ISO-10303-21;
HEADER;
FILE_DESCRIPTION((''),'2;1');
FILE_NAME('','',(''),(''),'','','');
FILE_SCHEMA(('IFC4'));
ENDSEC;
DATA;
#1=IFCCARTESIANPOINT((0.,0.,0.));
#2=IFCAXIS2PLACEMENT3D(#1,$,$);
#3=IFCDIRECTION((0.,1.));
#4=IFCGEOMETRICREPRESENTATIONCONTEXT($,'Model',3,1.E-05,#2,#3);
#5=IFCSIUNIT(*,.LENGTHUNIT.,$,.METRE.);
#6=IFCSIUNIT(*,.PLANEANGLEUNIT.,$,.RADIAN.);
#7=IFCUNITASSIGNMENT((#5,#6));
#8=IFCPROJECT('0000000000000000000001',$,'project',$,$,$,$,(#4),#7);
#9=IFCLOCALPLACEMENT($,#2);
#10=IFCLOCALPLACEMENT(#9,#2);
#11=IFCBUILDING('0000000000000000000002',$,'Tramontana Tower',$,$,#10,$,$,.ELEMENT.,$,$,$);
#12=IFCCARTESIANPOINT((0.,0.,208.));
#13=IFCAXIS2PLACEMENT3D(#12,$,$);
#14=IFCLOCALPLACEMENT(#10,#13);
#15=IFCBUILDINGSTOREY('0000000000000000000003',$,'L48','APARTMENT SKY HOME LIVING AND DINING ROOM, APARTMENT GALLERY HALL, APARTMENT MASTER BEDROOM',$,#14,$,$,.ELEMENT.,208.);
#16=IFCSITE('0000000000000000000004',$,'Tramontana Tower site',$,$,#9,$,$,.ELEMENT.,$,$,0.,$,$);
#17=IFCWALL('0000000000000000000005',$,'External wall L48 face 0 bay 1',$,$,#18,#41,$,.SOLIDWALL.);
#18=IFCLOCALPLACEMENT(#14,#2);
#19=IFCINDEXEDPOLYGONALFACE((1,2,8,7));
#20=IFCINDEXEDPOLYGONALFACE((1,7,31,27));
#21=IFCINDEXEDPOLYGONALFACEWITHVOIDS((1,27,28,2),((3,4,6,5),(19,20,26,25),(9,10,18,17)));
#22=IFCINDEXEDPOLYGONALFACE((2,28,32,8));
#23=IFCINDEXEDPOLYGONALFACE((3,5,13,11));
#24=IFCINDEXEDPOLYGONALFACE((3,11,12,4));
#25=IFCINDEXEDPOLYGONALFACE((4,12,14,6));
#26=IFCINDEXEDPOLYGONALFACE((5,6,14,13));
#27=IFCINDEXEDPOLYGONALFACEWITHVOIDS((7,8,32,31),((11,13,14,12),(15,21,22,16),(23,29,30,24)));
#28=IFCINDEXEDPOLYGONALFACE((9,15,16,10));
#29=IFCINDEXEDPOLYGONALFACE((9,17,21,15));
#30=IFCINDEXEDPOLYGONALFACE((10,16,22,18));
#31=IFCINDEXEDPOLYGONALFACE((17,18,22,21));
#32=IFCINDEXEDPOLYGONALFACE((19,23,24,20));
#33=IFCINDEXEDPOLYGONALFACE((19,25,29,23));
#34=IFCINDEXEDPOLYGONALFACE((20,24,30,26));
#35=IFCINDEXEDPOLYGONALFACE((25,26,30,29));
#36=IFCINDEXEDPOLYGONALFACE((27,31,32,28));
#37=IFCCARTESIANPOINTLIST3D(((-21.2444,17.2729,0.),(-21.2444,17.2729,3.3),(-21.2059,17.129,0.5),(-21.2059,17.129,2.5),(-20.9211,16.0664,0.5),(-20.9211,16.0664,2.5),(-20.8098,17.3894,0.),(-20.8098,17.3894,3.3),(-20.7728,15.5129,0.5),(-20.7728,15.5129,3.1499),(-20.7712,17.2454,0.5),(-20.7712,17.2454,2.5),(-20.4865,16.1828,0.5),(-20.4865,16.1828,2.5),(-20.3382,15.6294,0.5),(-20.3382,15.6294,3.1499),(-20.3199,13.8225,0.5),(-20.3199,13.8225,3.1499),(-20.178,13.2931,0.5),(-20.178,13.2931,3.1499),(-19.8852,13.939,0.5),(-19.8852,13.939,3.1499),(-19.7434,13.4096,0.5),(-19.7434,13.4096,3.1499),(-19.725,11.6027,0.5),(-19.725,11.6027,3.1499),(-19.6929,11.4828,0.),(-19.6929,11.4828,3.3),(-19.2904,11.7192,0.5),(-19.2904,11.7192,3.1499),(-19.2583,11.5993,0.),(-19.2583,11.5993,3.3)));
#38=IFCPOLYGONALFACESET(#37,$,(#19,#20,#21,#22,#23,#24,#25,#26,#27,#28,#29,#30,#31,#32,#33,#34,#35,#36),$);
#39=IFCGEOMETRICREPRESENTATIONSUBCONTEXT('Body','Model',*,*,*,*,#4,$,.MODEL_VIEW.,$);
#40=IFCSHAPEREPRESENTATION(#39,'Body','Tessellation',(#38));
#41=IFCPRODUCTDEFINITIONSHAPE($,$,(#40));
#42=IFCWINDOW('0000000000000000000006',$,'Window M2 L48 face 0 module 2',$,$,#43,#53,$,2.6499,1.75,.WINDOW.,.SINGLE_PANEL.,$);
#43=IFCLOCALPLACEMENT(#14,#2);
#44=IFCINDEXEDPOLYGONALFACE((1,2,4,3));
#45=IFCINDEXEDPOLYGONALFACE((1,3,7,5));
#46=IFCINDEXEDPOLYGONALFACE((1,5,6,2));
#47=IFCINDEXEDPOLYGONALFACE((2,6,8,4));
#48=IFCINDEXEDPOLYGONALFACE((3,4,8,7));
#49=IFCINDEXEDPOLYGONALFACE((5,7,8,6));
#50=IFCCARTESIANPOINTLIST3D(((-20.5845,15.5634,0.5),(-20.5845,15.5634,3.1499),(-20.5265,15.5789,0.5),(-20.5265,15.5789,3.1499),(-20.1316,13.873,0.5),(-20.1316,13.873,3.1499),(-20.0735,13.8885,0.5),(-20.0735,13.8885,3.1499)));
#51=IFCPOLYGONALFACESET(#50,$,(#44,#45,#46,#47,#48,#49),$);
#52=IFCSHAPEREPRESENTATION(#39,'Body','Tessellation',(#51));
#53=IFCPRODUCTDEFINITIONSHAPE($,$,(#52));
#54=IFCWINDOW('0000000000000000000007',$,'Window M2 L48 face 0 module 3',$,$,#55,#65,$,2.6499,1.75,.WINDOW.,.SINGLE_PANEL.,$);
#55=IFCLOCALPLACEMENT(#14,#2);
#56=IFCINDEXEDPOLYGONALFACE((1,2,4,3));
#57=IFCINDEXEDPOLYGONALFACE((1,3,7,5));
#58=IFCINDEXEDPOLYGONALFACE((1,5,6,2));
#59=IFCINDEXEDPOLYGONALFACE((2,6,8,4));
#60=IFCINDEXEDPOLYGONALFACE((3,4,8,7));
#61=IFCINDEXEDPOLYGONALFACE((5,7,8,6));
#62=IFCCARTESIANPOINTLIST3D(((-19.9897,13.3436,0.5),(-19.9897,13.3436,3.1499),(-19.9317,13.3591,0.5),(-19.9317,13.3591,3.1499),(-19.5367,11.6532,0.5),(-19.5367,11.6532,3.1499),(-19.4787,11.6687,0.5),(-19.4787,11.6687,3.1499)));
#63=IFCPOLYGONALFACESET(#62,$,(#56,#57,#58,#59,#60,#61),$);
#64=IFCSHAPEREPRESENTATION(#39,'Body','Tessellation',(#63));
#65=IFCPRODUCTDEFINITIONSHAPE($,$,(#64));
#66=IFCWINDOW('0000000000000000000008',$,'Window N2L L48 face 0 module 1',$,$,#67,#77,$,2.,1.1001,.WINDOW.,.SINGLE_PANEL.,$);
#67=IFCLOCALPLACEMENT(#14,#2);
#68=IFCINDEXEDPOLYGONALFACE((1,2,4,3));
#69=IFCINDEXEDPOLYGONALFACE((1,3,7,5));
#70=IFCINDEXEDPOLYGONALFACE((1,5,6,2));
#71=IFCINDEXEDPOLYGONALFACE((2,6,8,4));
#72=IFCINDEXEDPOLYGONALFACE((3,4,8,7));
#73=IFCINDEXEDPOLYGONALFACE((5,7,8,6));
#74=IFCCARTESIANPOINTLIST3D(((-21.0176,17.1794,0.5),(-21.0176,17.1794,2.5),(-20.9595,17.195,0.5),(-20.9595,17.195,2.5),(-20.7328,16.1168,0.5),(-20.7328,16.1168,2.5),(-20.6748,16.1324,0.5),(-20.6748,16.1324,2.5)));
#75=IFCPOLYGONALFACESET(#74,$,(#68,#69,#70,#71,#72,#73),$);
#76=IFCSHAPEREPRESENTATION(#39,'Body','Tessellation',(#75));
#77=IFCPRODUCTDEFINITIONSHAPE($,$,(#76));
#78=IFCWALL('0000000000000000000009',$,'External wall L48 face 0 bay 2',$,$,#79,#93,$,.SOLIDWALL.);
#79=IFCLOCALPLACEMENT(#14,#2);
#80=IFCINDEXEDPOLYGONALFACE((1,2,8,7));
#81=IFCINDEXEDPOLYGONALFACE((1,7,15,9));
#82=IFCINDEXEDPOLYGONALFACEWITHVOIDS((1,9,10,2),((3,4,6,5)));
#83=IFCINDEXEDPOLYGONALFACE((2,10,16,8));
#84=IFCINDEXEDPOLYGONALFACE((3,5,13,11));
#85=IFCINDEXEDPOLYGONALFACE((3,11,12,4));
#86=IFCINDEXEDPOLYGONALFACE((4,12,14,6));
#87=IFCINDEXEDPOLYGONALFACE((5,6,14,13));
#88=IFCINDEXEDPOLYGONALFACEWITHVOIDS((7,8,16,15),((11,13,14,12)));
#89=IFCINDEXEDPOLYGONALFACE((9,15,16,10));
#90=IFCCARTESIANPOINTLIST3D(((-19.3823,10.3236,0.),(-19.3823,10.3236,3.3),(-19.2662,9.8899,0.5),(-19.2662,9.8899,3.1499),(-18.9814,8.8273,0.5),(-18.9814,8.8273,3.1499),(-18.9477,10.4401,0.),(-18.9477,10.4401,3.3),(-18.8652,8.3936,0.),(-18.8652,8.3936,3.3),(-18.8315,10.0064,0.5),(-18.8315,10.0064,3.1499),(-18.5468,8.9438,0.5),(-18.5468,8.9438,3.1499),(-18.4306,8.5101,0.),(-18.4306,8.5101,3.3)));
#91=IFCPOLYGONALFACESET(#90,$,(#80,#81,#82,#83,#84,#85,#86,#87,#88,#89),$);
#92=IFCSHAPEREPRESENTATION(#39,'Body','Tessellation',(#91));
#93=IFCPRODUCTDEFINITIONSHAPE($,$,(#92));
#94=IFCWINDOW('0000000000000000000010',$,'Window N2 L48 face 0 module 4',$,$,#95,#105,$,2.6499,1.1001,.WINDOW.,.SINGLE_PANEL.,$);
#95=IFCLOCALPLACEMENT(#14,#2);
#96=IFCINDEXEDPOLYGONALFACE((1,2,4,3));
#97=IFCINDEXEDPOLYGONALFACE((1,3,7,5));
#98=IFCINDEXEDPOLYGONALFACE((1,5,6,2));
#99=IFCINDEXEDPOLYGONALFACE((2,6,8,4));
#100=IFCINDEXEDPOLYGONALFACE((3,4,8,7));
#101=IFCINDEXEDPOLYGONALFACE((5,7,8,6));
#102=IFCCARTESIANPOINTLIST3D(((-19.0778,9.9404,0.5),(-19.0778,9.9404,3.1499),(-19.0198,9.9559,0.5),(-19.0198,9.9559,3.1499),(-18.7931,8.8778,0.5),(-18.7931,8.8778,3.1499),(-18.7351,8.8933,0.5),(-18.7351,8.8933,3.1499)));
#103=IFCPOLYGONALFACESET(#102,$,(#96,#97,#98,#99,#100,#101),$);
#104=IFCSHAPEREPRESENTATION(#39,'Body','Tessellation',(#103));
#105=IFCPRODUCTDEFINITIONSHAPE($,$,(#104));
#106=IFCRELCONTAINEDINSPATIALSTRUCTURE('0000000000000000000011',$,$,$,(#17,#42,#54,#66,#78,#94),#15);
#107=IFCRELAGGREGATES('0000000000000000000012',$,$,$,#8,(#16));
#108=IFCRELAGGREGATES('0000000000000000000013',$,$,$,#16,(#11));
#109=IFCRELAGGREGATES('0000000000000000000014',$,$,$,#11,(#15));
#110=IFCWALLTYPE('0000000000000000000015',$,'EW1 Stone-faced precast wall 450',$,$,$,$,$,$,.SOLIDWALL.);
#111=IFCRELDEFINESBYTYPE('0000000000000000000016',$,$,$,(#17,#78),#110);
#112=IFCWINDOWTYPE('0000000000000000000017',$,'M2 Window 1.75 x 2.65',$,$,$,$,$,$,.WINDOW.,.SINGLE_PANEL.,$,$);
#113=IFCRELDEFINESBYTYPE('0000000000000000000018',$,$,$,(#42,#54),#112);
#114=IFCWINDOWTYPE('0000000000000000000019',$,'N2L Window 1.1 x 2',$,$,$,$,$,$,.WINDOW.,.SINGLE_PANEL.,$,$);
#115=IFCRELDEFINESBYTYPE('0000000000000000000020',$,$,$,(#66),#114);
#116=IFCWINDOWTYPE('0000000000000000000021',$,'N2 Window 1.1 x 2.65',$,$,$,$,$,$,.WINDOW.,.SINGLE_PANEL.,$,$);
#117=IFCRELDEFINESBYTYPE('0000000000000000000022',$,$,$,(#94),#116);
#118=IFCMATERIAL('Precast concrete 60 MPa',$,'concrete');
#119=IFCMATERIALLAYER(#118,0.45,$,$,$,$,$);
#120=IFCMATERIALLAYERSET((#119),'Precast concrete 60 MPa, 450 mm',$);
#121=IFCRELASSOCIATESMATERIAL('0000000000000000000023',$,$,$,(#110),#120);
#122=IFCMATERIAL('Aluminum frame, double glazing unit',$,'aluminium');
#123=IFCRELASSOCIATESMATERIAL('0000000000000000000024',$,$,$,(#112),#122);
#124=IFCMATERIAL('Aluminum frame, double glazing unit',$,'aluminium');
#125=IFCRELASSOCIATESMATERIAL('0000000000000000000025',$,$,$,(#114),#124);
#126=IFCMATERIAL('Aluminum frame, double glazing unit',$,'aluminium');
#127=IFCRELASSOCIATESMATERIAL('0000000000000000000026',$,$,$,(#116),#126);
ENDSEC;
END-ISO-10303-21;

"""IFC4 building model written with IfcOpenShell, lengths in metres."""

from ifc_helpers import new_model, si_unit, direction, frame, frame_2d, origin, place, context, subcontext, project, spatial, rectangle, extrude, material, layer, layer_set, type_object, element, fill, save


model = new_model("IFC4")

# Units and contexts
model_context = context("Model", 3, precision=1e-05, world=origin(), true_north=direction((0.0, 1.0)))
body_context = subcontext(model_context, "Body", "Model", "MODEL_VIEW")
ifc_project = project(units=[si_unit("LENGTHUNIT", "METRE"), si_unit("PLANEANGLEUNIT", "RADIAN")], contexts=[model_context])

# Site, building, storey
site_placement = place(None, origin())
site = spatial("IfcSite", under=ifc_project, at=site_placement, Name="Tramontana Tower site", CompositionType="ELEMENT", RefElevation=0.0)
building_placement = place(site_placement, origin())
building = spatial("IfcBuilding", under=site, at=building_placement, Name="Tramontana Tower", CompositionType="ELEMENT")
storey_placement = place(building_placement, frame((0.0, 0.0, 208.0)))
storey = spatial("IfcBuildingStorey", under=building, at=storey_placement, Name="L48", Description="APARTMENT SKY HOME LIVING AND DINING ROOM, APARTMENT GALLERY HALL, APARTMENT MASTER BEDROOM", CompositionType="ELEMENT", Elevation=208.0)

# Wall, openings, windows
ifc_material_1 = material(Name="Precast concrete 60 MPa", Category="concrete")
ifc_layer_1 = layer(ifc_material_1, 0.45)
ifc_layer_set_1 = layer_set([ifc_layer_1], Name="Precast concrete 60 MPa, 450 mm")
wall_type_1 = type_object("IfcWallType", Name="EW1 Stone-faced precast wall 450", PredefinedType="SOLIDWALL", material=ifc_layer_set_1)
wall_1_placement = place(storey_placement, frame((-21.0271, 17.3311, 0.0), z_axis=(0.0, 0.0, 1.0), x_axis=(0.258831, -0.965923, 0.0)))
wall_1 = element("IfcWall", 1, at=wall_1_placement, inside=storey, type_object=wall_type_1, Name="External wall L48 face 0 bay 1", PredefinedType="SOLIDWALL", context=body_context, shape_type="SweptSolid", body=[
    extrude(rectangle(XDim=5.9944, YDim=0.45, at=frame_2d((2.9971, 0.0))), origin(), (0.0, 0.0, 1.0), 3.3),
])
opening_1_placement = place(wall_1_placement, frame((0.1489, 0.0, 0.5)))
opening_1 = element("IfcOpeningElement", 2, at=opening_1_placement, cuts=wall_1, PredefinedType="OPENING", context=body_context, shape_type="SweptSolid", body=[
    extrude(rectangle(XDim=1.1001, YDim=2.0, at=frame_2d((0.55, 1.0))), frame((0.0, 0.2349, 0.0), z_axis=(0.0, -1.0, 0.0), x_axis=(1.0, 0.0, 0.0)), (0.0, 0.0, 1.0), 0.47),
])
opening_2_placement = place(wall_1_placement, frame((1.822, 0.0, 0.5)))
opening_2 = element("IfcOpeningElement", 3, at=opening_2_placement, cuts=wall_1, PredefinedType="OPENING", context=body_context, shape_type="SweptSolid", body=[
    extrude(rectangle(XDim=1.75, YDim=2.6499, at=frame_2d((0.875, 1.325))), frame((0.0, 0.2349, 0.0), z_axis=(0.0, -1.0, 0.0), x_axis=(1.0, 0.0, 0.0)), (0.0, 0.0, 1.0), 0.47),
])
opening_3_placement = place(wall_1_placement, frame((4.1201, 0.0, 0.5)))
opening_3 = element("IfcOpeningElement", 4, at=opening_3_placement, cuts=wall_1, PredefinedType="OPENING", context=body_context, shape_type="SweptSolid", body=[
    extrude(rectangle(XDim=1.75, YDim=2.6499, at=frame_2d((0.875, 1.325))), frame((0.0, 0.2349, 0.0), z_axis=(0.0, -1.0, 0.0), x_axis=(1.0, 0.0, 0.0)), (0.0, 0.0, 1.0), 0.47),
])
ifc_material_2 = material(Name="Aluminum frame, double glazing unit", Category="aluminium")
window_type_1 = type_object("IfcWindowType", Name="M2 Window 1.75 x 2.65", PartitioningType="SINGLE_PANEL", PredefinedType="WINDOW", material=ifc_material_2)
window_1_placement = place(opening_2_placement, origin())
window_1 = element("IfcWindow", 5, at=window_1_placement, inside=storey, type_object=window_type_1, Name="Window M2 L48 face 0 module 2", OverallHeight=2.6499, OverallWidth=1.75, PartitioningType="SINGLE_PANEL", PredefinedType="WINDOW", context=body_context, shape_type="SweptSolid", body=[
    extrude(rectangle(XDim=1.75, YDim=2.6499, at=frame_2d((0.875, 1.325))), frame((0.0, 0.03, 0.0), z_axis=(0.0, -1.0, 0.0), x_axis=(1.0, 0.0, 0.0)), (0.0, 0.0, 1.0), 0.0601),
])
fill(opening_2, window_1)
window_2_placement = place(opening_3_placement, origin())
window_2 = element("IfcWindow", 6, at=window_2_placement, inside=storey, type_object=window_type_1, Name="Window M2 L48 face 0 module 3", OverallHeight=2.6499, OverallWidth=1.75, PartitioningType="SINGLE_PANEL", PredefinedType="WINDOW", context=body_context, shape_type="SweptSolid", body=[
    extrude(rectangle(XDim=1.75, YDim=2.6499, at=frame_2d((0.875, 1.325))), frame((0.0, 0.03, 0.0), z_axis=(0.0, -1.0, 0.0), x_axis=(1.0, 0.0, 0.0)), (0.0, 0.0, 1.0), 0.0601),
])
fill(opening_3, window_2)
ifc_material_3 = material(Name="Aluminum frame, double glazing unit", Category="aluminium")
window_type_2 = type_object("IfcWindowType", Name="N2L Window 1.1 x 2", PartitioningType="SINGLE_PANEL", PredefinedType="WINDOW", material=ifc_material_3)
window_3_placement = place(opening_1_placement, origin())
window_3 = element("IfcWindow", 7, at=window_3_placement, inside=storey, type_object=window_type_2, Name="Window N2L L48 face 0 module 1", OverallHeight=2.0, OverallWidth=1.1001, PartitioningType="SINGLE_PANEL", PredefinedType="WINDOW", context=body_context, shape_type="SweptSolid", body=[
    extrude(rectangle(XDim=1.1001, YDim=2.0, at=frame_2d((0.55, 1.0))), frame((0.0, 0.03, 0.0), z_axis=(0.0, -1.0, 0.0), x_axis=(1.0, 0.0, 0.0)), (0.0, 0.0, 1.0), 0.0601),
])
fill(opening_1, window_3)

# Wall, opening, window
wall_2_placement = place(storey_placement, frame((-19.165, 10.3818, 0.0), z_axis=(0.0, 0.0, 1.0), x_axis=(0.258803, -0.96593, 0.0)))
wall_2 = element("IfcWall", 8, at=wall_2_placement, inside=storey, type_object=wall_type_1, Name="External wall L48 face 0 bay 2", PredefinedType="SOLIDWALL", context=body_context, shape_type="SweptSolid", body=[
    extrude(rectangle(XDim=1.998, YDim=0.45, at=frame_2d((0.999, 0.0))), origin(), (0.0, 0.0, 1.0), 3.3),
])
opening_4_placement = place(wall_2_placement, frame((0.449, 0.0, 0.5)))
opening_4 = element("IfcOpeningElement", 9, at=opening_4_placement, cuts=wall_2, PredefinedType="OPENING", context=body_context, shape_type="SweptSolid", body=[
    extrude(rectangle(XDim=1.1001, YDim=2.6499, at=frame_2d((0.55, 1.325))), frame((0.0, 0.2349, 0.0), z_axis=(0.0, -1.0, 0.0), x_axis=(1.0, 0.0, 0.0)), (0.0, 0.0, 1.0), 0.47),
])
ifc_material_4 = material(Name="Aluminum frame, double glazing unit", Category="aluminium")
window_type_3 = type_object("IfcWindowType", Name="N2 Window 1.1 x 2.65", PartitioningType="SINGLE_PANEL", PredefinedType="WINDOW", material=ifc_material_4)
window_4_placement = place(opening_4_placement, origin())
window_4 = element("IfcWindow", 10, at=window_4_placement, inside=storey, type_object=window_type_3, Name="Window N2 L48 face 0 module 4", OverallHeight=2.6499, OverallWidth=1.1001, PartitioningType="SINGLE_PANEL", PredefinedType="WINDOW", context=body_context, shape_type="SweptSolid", body=[
    extrude(rectangle(XDim=1.1001, YDim=2.6499, at=frame_2d((0.55, 1.325))), frame((0.0, 0.03, 0.0), z_axis=(0.0, -1.0, 0.0), x_axis=(1.0, 0.0, 0.0)), (0.0, 0.0, 1.0), 0.0601),
])
fill(opening_4, window_4)

save(model, "model.ifc")
